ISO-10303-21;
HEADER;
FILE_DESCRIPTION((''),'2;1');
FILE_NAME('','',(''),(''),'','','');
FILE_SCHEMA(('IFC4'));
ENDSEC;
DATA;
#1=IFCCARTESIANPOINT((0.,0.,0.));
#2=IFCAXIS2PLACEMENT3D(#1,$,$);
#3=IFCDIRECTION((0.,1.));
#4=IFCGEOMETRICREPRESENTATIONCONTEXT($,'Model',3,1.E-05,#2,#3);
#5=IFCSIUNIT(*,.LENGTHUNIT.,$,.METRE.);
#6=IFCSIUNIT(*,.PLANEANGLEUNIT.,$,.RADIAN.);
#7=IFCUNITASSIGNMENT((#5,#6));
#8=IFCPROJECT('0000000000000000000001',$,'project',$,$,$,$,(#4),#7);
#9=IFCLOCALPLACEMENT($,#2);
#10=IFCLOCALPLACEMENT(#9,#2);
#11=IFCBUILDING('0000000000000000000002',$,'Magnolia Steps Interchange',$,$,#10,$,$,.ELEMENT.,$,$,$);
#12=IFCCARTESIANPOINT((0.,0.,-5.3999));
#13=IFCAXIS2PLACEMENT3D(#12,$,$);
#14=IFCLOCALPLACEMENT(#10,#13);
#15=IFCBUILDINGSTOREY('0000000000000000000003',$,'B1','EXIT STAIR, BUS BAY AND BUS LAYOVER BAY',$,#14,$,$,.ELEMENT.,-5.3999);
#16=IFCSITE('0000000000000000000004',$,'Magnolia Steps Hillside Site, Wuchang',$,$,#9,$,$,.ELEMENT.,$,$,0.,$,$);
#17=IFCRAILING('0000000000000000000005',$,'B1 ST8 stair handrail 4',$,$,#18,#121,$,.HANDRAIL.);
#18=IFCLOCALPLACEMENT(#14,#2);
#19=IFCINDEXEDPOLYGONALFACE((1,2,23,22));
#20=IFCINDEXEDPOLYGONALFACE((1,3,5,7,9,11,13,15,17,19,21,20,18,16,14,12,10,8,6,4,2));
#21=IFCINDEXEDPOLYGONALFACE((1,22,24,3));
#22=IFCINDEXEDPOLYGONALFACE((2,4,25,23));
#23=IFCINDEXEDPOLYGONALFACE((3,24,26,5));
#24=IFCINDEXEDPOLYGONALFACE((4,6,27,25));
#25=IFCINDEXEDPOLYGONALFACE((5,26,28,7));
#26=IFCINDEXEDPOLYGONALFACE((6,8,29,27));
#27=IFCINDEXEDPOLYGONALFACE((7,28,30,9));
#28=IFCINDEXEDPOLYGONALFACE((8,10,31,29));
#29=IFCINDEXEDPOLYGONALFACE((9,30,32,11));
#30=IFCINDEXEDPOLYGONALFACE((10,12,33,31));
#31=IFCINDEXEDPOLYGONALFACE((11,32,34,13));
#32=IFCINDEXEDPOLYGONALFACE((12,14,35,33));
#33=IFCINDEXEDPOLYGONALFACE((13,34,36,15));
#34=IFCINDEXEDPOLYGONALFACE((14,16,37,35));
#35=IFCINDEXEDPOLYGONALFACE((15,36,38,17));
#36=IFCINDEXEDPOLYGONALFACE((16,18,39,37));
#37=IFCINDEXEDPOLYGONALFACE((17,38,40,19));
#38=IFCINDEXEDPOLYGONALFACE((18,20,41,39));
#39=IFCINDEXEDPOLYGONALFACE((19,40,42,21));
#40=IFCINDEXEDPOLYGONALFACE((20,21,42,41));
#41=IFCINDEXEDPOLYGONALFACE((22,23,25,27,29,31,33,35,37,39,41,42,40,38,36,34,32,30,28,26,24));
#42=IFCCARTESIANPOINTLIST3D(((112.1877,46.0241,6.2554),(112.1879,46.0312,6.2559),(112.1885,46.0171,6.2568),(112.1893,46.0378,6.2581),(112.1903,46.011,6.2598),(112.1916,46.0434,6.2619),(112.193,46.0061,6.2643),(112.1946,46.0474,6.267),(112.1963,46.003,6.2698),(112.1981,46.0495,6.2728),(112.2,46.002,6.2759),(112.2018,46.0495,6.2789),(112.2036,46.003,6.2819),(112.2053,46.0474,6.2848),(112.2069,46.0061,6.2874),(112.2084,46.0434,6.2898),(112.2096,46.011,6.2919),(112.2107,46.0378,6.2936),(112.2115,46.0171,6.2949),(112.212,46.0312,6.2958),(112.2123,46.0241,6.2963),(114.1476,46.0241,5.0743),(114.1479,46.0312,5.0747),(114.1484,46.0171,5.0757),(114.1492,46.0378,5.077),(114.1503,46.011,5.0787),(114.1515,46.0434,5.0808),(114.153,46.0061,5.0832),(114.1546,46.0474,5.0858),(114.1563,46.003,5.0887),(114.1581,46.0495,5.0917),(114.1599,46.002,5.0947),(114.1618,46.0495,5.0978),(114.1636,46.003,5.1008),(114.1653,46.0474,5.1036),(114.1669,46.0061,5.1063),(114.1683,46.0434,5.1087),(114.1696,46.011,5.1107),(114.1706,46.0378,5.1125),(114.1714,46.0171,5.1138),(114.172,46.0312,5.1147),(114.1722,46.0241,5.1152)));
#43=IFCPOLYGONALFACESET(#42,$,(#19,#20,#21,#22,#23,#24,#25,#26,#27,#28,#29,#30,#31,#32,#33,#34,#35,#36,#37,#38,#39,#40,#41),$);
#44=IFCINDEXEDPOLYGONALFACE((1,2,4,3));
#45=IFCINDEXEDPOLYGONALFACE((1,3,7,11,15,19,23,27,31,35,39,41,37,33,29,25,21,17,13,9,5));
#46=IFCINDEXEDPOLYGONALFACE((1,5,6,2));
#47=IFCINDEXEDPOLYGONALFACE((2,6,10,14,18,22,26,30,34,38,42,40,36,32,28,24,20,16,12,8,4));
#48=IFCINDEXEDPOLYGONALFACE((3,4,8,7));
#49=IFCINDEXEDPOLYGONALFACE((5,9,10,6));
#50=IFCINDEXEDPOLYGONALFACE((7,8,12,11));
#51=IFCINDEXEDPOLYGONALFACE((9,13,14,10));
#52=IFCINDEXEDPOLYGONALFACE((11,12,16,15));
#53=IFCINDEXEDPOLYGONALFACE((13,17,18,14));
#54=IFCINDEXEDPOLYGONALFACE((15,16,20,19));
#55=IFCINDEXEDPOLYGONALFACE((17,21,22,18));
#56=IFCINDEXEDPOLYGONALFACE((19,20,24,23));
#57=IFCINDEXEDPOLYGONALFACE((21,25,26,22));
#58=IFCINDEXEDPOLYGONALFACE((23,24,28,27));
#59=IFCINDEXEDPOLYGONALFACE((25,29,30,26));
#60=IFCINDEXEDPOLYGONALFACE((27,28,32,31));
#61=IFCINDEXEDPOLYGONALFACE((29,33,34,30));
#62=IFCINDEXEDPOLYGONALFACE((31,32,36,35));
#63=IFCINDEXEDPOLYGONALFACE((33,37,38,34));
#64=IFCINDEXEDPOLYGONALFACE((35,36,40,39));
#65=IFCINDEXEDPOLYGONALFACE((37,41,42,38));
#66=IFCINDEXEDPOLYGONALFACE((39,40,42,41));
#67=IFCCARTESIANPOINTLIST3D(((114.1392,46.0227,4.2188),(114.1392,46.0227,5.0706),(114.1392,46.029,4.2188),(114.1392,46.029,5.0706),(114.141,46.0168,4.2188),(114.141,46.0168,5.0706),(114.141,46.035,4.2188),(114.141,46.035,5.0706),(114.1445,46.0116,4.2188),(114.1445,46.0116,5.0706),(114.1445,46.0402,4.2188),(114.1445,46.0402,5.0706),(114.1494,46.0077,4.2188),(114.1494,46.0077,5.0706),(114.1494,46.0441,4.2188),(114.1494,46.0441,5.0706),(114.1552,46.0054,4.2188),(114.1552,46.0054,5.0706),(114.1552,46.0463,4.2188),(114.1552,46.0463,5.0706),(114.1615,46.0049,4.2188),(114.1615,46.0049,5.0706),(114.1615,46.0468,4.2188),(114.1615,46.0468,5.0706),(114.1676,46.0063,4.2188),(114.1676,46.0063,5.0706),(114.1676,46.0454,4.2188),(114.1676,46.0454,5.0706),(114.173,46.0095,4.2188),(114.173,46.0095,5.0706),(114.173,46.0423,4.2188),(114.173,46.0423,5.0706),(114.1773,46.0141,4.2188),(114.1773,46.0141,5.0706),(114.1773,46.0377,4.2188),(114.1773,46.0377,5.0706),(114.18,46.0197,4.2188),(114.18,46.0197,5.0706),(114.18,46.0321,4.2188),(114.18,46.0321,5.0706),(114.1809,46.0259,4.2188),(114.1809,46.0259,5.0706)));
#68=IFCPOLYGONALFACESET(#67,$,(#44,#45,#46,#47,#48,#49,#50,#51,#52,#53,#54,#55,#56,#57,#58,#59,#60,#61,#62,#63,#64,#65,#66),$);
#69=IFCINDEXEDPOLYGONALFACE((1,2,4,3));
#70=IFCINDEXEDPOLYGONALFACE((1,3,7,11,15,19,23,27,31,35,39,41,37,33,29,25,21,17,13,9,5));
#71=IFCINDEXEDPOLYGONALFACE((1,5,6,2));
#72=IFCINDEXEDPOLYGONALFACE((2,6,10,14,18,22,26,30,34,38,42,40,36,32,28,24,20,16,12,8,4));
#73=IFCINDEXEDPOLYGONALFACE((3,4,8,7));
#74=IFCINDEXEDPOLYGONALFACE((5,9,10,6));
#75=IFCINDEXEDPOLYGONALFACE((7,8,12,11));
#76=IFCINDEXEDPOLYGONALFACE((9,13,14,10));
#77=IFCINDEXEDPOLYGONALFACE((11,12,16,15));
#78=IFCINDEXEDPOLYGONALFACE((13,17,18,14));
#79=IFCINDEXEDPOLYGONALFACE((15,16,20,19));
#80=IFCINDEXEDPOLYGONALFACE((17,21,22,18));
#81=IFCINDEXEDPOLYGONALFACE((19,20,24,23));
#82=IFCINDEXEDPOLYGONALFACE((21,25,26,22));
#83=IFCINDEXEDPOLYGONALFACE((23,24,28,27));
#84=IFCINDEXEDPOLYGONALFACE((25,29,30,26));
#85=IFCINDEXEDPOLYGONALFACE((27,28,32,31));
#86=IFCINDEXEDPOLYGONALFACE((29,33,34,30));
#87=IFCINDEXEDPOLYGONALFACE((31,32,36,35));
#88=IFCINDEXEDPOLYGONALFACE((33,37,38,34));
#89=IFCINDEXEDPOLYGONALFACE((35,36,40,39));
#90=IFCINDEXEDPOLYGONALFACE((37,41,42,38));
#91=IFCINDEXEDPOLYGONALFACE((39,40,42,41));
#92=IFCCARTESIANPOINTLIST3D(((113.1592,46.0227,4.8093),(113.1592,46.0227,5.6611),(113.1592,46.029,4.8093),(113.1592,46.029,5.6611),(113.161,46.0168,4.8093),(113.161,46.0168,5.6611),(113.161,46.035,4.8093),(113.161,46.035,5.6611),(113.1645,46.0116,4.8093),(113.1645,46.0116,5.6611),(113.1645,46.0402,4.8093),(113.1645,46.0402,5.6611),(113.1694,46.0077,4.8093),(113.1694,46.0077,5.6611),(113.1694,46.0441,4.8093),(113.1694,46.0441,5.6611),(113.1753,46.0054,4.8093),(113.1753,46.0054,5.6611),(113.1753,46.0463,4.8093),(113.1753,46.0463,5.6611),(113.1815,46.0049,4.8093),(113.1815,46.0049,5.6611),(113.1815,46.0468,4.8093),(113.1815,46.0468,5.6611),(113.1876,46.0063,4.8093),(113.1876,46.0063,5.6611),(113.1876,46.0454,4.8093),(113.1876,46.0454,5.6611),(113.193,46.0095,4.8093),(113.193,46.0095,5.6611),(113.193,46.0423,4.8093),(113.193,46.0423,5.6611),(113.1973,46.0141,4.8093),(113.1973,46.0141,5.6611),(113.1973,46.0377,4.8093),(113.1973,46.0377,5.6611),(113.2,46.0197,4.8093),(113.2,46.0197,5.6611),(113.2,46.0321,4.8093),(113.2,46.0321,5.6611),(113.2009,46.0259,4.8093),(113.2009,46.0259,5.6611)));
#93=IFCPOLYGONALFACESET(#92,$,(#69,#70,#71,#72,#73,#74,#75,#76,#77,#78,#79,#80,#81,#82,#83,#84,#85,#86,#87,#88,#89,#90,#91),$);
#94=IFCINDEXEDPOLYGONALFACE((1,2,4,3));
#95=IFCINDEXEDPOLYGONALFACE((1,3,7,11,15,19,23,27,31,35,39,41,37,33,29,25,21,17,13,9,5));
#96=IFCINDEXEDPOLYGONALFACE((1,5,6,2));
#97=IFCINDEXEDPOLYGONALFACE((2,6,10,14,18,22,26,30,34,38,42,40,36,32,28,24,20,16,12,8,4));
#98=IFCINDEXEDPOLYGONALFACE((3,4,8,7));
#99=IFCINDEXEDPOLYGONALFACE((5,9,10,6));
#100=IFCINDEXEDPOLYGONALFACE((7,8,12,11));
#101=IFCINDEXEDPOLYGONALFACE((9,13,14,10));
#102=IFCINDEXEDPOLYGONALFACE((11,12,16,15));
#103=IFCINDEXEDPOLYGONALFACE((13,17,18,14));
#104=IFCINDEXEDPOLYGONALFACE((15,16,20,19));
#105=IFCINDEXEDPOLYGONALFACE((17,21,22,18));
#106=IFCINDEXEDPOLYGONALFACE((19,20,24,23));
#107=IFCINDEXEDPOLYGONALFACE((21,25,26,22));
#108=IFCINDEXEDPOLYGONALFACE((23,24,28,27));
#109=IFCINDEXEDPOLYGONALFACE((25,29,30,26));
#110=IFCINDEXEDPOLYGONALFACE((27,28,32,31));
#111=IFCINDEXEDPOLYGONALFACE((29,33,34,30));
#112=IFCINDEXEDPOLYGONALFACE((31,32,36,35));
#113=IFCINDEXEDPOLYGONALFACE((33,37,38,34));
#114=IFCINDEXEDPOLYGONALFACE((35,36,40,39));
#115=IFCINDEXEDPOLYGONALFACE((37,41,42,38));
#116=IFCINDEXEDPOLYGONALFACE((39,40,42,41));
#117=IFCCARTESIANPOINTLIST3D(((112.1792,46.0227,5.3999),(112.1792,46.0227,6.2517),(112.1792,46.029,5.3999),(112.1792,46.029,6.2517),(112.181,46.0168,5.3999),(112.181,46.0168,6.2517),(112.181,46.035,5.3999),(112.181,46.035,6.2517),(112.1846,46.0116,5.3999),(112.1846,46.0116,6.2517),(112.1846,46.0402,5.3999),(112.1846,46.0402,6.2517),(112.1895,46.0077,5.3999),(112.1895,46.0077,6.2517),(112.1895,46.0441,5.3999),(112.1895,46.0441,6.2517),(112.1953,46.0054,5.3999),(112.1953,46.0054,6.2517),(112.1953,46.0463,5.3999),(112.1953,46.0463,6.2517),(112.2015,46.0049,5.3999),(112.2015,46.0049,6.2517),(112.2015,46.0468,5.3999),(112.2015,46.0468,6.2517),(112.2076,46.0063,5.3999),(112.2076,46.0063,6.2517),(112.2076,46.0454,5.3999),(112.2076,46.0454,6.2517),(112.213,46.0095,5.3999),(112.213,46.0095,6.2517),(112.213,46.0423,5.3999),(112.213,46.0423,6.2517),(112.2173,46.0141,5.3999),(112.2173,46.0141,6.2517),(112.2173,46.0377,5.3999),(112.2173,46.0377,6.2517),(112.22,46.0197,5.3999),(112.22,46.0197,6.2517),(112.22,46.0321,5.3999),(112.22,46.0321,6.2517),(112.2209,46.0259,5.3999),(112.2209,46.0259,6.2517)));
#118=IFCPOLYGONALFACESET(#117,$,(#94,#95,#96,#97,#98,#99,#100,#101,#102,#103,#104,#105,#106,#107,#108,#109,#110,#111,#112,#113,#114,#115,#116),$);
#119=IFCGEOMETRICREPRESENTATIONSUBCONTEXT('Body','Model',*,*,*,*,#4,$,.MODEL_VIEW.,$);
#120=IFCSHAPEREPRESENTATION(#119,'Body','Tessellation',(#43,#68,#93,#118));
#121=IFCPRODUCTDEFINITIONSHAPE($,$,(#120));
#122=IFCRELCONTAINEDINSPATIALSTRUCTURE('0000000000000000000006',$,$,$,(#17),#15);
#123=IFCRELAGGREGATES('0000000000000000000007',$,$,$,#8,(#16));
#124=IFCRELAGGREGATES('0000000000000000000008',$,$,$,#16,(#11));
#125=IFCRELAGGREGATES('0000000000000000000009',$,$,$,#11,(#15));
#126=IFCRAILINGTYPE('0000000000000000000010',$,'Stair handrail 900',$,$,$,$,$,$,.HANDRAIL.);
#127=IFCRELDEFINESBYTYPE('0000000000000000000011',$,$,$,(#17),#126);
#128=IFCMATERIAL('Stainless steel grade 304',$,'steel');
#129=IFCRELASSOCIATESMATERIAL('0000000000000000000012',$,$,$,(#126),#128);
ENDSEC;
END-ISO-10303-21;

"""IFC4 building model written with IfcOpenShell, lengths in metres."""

from ifc_helpers import new_model, si_unit, direction, frame, origin, origin_2d, place, context, subcontext, project, spatial, circle, extrude, material, type_object, element, save


model = new_model("IFC4")

# Units and contexts
model_context = context("Model", 3, precision=1e-05, world=origin(), true_north=direction((0.0, 1.0)))
body_context = subcontext(model_context, "Body", "Model", "MODEL_VIEW")
ifc_project = project(units=[si_unit("LENGTHUNIT", "METRE"), si_unit("PLANEANGLEUNIT", "RADIAN")], contexts=[model_context])

# Site, building, storey
site_placement = place(None, origin())
site = spatial("IfcSite", under=ifc_project, at=site_placement, Name="Magnolia Steps Hillside Site, Wuchang", CompositionType="ELEMENT", RefElevation=0.0)
building_placement = place(site_placement, origin())
building = spatial("IfcBuilding", under=site, at=building_placement, Name="Magnolia Steps Interchange", CompositionType="ELEMENT")
storey_placement = place(building_placement, frame((0.0, 0.0, -5.3999)))
storey = spatial("IfcBuildingStorey", under=building, at=storey_placement, Name="B1", Description="EXIT STAIR, BUS BAY AND BUS LAYOVER BAY", CompositionType="ELEMENT", Elevation=-5.3999)

# Railing
ifc_material_1 = material(Name="Stainless steel grade 304", Category="steel")
railing_type_1 = type_object("IfcRailingType", Name="Stair handrail 900", PredefinedType="HANDRAIL", material=ifc_material_1)
railing_1_placement = place(storey_placement, frame((114.1599, 46.0259, 4.2188)))
element("IfcRailing", 1, at=railing_1_placement, inside=storey, type_object=railing_type_1, Name="B1 ST8 stair handrail 4", PredefinedType="HANDRAIL", context=body_context, shape_type="SweptSolid", body=[
    extrude(circle(Radius=0.0239, at=origin_2d()), frame((0.0, 0.0, 0.876), z_axis=(-0.856493, 0.0, 0.516158), x_axis=(0.0, -1.0, 0.0)), (0.0, 0.0, 1.0), 2.2883),
    extrude(circle(Radius=0.021, at=origin_2d()), origin(), (0.0, 0.0, 1.0), 0.8518),
    extrude(circle(Radius=0.021, at=origin_2d()), frame((-0.98, 0.0, 0.5906)), (0.0, 0.0, 1.0), 0.8518),
    extrude(circle(Radius=0.021, at=origin_2d()), frame((-1.96, 0.0, 1.1812)), (0.0, 0.0, 1.0), 0.8518),
])

save(model, "model.ifc")
